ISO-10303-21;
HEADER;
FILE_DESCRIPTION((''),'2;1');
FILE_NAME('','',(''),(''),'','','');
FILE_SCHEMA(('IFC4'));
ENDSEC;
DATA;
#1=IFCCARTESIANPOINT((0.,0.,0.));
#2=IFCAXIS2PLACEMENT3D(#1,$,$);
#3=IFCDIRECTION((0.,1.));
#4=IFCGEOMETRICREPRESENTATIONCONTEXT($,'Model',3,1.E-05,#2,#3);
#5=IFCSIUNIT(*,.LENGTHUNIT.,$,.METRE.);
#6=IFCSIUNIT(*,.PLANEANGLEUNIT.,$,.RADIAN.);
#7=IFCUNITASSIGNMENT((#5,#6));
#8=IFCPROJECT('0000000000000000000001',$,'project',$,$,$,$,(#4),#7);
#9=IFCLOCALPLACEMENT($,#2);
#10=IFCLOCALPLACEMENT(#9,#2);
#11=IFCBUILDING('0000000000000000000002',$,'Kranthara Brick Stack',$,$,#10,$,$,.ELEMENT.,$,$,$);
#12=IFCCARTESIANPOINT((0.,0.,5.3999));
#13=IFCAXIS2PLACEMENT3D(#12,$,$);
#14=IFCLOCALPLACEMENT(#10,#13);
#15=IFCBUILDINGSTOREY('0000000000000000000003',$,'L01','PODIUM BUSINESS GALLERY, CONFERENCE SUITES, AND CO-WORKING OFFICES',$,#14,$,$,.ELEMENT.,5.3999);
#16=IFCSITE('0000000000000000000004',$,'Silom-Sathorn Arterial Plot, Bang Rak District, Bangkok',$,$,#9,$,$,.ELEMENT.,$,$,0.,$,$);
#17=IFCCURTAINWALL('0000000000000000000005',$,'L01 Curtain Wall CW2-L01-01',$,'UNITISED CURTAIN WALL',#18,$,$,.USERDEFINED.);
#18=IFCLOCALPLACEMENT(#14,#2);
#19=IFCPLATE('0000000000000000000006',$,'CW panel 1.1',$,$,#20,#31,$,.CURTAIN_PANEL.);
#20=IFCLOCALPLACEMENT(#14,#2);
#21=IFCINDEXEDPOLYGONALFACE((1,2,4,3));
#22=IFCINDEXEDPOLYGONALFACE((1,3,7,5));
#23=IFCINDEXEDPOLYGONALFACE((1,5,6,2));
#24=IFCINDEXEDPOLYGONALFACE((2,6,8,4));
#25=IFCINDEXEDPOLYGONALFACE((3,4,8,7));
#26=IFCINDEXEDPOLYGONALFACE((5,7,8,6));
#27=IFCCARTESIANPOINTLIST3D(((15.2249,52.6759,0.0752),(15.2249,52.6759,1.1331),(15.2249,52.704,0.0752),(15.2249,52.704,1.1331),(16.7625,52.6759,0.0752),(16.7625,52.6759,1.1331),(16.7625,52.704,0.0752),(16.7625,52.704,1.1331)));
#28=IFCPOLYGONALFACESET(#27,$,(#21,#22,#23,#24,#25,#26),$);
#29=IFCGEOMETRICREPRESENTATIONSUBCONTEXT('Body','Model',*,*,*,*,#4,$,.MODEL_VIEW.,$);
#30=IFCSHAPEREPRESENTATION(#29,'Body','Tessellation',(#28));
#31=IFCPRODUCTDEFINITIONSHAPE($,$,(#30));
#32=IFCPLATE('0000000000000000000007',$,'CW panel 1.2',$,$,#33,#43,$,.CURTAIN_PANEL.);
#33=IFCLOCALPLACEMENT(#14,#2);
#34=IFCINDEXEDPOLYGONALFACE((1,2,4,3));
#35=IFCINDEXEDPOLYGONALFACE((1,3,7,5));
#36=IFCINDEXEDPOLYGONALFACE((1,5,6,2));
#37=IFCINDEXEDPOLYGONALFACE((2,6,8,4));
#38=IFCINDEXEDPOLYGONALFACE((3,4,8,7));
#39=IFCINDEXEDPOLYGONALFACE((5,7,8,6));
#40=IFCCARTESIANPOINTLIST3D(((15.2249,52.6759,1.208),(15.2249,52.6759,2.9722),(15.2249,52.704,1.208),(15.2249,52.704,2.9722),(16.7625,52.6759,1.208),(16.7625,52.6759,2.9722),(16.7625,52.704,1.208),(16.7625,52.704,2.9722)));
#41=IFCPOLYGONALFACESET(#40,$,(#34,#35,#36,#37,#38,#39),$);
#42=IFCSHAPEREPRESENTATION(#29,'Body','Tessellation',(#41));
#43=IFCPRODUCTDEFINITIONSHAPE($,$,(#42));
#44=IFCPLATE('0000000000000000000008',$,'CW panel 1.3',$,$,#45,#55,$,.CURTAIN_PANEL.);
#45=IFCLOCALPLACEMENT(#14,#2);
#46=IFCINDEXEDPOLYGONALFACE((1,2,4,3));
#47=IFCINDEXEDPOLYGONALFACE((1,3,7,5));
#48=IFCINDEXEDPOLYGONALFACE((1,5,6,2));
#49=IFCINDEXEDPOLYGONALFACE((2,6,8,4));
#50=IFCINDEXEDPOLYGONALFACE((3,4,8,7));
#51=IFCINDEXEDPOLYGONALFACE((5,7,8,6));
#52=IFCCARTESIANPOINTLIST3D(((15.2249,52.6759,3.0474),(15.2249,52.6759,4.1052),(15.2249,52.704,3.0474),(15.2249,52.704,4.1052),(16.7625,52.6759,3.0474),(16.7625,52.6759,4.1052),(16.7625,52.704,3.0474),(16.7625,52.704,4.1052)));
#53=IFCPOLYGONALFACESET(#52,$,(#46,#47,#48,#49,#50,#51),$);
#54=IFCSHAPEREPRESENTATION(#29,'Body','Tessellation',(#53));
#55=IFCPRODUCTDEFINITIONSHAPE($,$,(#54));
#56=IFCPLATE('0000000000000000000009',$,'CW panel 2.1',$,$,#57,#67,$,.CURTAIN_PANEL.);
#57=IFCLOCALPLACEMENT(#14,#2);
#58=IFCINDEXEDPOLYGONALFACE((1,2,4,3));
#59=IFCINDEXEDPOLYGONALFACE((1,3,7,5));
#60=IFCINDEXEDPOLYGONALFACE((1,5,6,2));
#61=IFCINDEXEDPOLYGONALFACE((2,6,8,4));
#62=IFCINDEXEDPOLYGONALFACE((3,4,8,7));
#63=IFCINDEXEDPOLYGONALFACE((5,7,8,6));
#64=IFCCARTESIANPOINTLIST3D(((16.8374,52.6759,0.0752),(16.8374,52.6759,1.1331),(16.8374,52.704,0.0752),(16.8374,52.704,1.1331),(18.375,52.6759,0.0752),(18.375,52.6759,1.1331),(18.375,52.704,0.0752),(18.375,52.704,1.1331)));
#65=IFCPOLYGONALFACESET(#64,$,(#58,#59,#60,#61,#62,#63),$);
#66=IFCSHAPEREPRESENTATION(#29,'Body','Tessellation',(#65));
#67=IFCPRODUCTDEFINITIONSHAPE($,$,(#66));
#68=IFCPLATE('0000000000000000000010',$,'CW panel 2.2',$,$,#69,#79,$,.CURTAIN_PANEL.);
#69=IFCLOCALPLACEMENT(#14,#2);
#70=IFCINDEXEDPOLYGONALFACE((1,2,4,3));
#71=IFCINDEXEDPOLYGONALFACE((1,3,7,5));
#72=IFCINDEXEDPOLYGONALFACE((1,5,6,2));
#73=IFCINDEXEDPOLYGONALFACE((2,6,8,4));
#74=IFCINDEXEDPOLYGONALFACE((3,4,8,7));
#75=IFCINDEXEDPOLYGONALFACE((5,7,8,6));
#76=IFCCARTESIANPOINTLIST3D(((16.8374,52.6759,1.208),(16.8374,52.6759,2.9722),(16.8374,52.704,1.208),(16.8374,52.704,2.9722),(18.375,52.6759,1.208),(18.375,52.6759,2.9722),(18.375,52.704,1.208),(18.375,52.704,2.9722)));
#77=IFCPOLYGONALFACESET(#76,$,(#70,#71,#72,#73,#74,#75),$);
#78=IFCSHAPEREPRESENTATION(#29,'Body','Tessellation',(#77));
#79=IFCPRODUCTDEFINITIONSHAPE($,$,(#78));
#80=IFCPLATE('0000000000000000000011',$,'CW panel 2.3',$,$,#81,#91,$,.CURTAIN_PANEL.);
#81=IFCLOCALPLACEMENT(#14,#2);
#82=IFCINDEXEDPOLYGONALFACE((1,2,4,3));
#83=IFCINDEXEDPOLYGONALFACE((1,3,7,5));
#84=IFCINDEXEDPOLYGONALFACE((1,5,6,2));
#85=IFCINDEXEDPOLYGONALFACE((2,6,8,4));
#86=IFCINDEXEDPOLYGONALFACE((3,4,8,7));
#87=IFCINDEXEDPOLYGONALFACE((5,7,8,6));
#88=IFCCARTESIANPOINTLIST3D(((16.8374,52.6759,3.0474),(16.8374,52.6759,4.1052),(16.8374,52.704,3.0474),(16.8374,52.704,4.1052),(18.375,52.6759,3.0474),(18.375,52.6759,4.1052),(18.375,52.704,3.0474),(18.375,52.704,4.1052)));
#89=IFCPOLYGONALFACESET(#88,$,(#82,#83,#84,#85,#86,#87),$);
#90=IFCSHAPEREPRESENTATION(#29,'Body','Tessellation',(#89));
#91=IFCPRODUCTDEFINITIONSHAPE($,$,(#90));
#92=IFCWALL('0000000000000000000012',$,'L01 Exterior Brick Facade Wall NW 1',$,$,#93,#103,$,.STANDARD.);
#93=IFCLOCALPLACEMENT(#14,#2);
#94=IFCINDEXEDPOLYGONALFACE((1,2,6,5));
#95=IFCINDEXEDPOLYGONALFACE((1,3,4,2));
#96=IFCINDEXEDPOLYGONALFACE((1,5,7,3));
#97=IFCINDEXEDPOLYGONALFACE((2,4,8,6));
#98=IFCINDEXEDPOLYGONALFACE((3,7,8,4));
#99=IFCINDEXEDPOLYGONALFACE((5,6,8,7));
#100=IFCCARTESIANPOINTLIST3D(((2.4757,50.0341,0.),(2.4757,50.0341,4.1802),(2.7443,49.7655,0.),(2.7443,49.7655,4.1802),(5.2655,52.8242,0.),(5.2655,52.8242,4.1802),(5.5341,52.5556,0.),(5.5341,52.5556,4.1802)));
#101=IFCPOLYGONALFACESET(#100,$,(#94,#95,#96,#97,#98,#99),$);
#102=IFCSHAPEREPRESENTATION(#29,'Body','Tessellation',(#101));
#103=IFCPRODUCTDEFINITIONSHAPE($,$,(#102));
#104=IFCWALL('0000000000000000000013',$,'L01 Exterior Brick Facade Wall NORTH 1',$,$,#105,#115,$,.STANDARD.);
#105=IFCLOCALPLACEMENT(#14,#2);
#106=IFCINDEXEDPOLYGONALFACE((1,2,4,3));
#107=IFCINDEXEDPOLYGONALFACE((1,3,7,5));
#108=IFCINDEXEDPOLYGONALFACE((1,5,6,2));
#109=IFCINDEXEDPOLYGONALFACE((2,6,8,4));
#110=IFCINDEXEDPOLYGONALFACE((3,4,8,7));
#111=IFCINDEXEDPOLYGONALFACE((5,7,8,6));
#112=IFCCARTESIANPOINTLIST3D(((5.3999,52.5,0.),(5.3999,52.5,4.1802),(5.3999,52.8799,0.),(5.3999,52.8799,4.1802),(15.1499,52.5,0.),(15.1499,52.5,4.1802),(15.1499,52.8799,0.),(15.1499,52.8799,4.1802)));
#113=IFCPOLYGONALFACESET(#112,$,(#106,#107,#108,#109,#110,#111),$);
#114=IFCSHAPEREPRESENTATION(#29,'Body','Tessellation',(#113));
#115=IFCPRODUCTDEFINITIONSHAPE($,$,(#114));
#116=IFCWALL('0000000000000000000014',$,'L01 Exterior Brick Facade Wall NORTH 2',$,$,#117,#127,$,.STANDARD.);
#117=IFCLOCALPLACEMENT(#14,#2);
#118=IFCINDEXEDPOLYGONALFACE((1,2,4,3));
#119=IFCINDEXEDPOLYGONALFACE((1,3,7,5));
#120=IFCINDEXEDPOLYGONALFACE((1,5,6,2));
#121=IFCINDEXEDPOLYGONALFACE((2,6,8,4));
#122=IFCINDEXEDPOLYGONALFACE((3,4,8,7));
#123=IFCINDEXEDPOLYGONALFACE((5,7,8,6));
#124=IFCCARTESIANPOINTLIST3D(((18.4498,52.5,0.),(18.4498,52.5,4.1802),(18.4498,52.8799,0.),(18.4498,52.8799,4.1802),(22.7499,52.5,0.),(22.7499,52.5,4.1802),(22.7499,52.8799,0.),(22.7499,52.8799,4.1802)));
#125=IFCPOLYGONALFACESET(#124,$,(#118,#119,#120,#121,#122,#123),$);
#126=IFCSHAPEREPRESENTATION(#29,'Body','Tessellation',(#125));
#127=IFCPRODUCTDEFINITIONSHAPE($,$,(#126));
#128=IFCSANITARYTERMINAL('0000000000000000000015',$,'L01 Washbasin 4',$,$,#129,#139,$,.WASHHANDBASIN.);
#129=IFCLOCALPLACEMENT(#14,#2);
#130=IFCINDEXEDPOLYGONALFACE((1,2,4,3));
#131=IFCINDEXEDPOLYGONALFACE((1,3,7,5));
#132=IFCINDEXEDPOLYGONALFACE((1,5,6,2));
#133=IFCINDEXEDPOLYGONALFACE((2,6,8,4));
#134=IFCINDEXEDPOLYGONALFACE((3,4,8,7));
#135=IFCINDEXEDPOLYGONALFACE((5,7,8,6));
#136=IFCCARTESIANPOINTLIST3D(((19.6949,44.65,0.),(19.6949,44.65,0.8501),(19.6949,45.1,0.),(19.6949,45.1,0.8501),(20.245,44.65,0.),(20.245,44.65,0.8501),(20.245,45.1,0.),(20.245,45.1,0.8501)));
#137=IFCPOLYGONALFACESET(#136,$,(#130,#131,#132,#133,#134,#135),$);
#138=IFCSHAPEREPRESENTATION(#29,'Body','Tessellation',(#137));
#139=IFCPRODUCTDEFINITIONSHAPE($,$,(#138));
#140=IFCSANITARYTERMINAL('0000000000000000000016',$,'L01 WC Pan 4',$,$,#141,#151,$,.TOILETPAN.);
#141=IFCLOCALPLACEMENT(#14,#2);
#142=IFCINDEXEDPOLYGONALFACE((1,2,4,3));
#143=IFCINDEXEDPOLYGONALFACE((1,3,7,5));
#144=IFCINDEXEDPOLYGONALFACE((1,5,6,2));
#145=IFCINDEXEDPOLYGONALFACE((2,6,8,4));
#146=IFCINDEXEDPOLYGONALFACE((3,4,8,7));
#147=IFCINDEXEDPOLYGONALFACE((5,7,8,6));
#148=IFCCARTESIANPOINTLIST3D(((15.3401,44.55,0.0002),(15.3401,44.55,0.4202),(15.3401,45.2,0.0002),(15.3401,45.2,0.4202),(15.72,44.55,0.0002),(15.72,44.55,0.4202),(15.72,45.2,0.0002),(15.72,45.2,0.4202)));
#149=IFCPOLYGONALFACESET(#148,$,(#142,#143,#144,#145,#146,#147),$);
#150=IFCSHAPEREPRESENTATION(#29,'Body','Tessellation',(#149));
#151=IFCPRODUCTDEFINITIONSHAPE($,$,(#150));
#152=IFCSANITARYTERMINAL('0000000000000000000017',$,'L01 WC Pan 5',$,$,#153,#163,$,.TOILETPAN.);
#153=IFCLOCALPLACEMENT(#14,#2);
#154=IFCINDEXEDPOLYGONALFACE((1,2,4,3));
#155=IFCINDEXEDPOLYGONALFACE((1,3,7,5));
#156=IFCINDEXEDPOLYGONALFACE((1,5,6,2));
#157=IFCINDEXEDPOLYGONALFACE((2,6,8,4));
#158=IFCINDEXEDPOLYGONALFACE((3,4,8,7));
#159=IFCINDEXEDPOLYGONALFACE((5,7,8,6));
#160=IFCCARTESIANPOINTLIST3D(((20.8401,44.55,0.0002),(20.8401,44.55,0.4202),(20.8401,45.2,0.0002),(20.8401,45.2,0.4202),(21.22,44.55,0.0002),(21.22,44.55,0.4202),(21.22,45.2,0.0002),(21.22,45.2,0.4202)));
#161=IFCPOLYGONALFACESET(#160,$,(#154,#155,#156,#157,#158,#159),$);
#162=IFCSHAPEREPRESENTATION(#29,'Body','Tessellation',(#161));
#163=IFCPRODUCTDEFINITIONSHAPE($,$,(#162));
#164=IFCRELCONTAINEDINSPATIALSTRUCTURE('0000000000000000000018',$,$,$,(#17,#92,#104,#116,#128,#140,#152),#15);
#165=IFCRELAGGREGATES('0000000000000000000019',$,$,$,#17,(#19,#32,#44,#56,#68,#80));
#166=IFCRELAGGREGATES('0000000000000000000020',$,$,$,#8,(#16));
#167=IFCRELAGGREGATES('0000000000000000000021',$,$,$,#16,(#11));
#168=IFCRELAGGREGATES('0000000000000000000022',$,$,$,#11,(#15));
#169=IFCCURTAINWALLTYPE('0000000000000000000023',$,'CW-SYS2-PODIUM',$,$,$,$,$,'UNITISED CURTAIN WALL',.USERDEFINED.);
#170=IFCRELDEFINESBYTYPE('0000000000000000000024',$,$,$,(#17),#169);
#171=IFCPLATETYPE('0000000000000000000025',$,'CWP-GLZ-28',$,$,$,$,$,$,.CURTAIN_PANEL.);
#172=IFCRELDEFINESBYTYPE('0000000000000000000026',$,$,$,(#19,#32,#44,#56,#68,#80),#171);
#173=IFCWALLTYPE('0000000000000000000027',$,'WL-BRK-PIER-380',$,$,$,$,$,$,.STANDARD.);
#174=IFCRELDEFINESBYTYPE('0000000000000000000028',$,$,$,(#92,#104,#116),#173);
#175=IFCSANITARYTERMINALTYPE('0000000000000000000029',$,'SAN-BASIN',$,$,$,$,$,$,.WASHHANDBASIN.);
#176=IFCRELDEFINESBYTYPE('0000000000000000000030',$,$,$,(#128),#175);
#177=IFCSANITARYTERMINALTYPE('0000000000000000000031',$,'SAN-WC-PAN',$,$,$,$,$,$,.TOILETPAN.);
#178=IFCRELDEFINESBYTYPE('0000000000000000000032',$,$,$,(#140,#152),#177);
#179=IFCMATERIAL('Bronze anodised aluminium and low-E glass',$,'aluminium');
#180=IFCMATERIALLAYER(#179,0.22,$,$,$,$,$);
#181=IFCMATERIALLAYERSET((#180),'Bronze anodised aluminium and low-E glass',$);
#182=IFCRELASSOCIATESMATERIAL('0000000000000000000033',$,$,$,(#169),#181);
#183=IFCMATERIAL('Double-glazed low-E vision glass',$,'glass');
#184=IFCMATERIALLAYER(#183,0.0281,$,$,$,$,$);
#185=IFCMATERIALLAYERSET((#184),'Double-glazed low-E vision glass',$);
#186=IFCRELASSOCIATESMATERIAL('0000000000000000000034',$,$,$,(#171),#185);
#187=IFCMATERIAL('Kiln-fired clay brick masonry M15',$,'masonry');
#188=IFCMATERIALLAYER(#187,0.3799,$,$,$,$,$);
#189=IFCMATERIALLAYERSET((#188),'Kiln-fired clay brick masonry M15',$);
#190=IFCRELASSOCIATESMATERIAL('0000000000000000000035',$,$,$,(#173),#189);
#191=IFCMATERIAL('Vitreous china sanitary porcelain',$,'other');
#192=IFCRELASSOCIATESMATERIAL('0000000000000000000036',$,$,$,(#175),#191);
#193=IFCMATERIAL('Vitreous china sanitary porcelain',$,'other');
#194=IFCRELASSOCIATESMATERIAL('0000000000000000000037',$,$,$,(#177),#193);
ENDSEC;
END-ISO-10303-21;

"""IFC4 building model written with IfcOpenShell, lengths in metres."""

from ifc_helpers import new_model, si_unit, direction, frame, frame_2d, origin, origin_2d, place, context, subcontext, project, spatial, rectangle, extrude, material, layer, layer_set, type_object, element, aggregate, save


model = new_model("IFC4")

# Units and contexts
model_context = context("Model", 3, precision=1e-05, world=origin(), true_north=direction((0.0, 1.0)))
body_context = subcontext(model_context, "Body", "Model", "MODEL_VIEW")
ifc_project = project(units=[si_unit("LENGTHUNIT", "METRE"), si_unit("PLANEANGLEUNIT", "RADIAN")], contexts=[model_context])

# Site, building, storey
site_placement = place(None, origin())
site = spatial("IfcSite", under=ifc_project, at=site_placement, Name="Silom-Sathorn Arterial Plot, Bang Rak District, Bangkok", CompositionType="ELEMENT", RefElevation=0.0)
building_placement = place(site_placement, origin())
building = spatial("IfcBuilding", under=site, at=building_placement, Name="Kranthara Brick Stack", CompositionType="ELEMENT")
storey_placement = place(building_placement, frame((0.0, 0.0, 5.3999)))
storey = spatial("IfcBuildingStorey", under=building, at=storey_placement, Name="L01", Description="PODIUM BUSINESS GALLERY, CONFERENCE SUITES, AND CO-WORKING OFFICES", CompositionType="ELEMENT", Elevation=5.3999)

# Curtain wall
ifc_material_1 = material(Name="Bronze anodised aluminium and low-E glass", Category="aluminium")
ifc_layer_1 = layer(ifc_material_1, 0.22)
ifc_layer_set_1 = layer_set([ifc_layer_1], Name="Bronze anodised aluminium and low-E glass")
curtain_wall_type = type_object("IfcCurtainWallType", Name="CW-SYS2-PODIUM", ElementType="UNITISED CURTAIN WALL", PredefinedType="USERDEFINED", material=ifc_layer_set_1)
curtain_wall_1_placement = place(storey_placement, origin())
curtain_wall_1 = element("IfcCurtainWall", 1, at=curtain_wall_1_placement, inside=storey, type_object=curtain_wall_type, Name="L01 Curtain Wall CW2-L01-01", ObjectType="UNITISED CURTAIN WALL", PredefinedType="USERDEFINED")

# Plates
ifc_material_2 = material(Name="Double-glazed low-E vision glass", Category="glass")
ifc_layer_2 = layer(ifc_material_2, 0.0281)
ifc_layer_set_2 = layer_set([ifc_layer_2], Name="Double-glazed low-E vision glass")
plate_type = type_object("IfcPlateType", Name="CWP-GLZ-28", PredefinedType="CURTAIN_PANEL", material=ifc_layer_set_2)
plate_1_placement = place(storey_placement, frame((15.9937, 52.6899, 0.0752), z_axis=(0.0, 0.0, 1.0), x_axis=(1.0, 0.0, 0.0)))
plate_1 = element("IfcPlate", 2, at=plate_1_placement, type_object=plate_type, Name="CW panel 1.1", PredefinedType="CURTAIN_PANEL", context=body_context, shape_type="SweptSolid", body=[
    extrude(rectangle(XDim=1.5376, YDim=0.0281, at=origin_2d()), origin(), (0.0, 0.0, 1.0), 1.0579),
])
plate_2_placement = place(storey_placement, frame((15.9937, 52.6899, 1.208), z_axis=(0.0, 0.0, 1.0), x_axis=(1.0, 0.0, 0.0)))
plate_2 = element("IfcPlate", 3, at=plate_2_placement, type_object=plate_type, Name="CW panel 1.2", PredefinedType="CURTAIN_PANEL", context=body_context, shape_type="SweptSolid", body=[
    extrude(rectangle(XDim=1.5376, YDim=0.0281, at=origin_2d()), origin(), (0.0, 0.0, 1.0), 1.7642),
])
plate_3_placement = place(storey_placement, frame((15.9937, 52.6899, 3.0474), z_axis=(0.0, 0.0, 1.0), x_axis=(1.0, 0.0, 0.0)))
plate_3 = element("IfcPlate", 4, at=plate_3_placement, type_object=plate_type, Name="CW panel 1.3", PredefinedType="CURTAIN_PANEL", context=body_context, shape_type="SweptSolid", body=[
    extrude(rectangle(XDim=1.5376, YDim=0.0281, at=origin_2d()), origin(), (0.0, 0.0, 1.0), 1.0579),
])
plate_4_placement = place(storey_placement, frame((17.6062, 52.6899, 0.0752), z_axis=(0.0, 0.0, 1.0), x_axis=(1.0, 0.0, 0.0)))
plate_4 = element("IfcPlate", 5, at=plate_4_placement, type_object=plate_type, Name="CW panel 2.1", PredefinedType="CURTAIN_PANEL", context=body_context, shape_type="SweptSolid", body=[
    extrude(rectangle(XDim=1.5376, YDim=0.0281, at=origin_2d()), origin(), (0.0, 0.0, 1.0), 1.0579),
])
plate_5_placement = place(storey_placement, frame((17.6062, 52.6899, 1.208), z_axis=(0.0, 0.0, 1.0), x_axis=(1.0, 0.0, 0.0)))
plate_5 = element("IfcPlate", 6, at=plate_5_placement, type_object=plate_type, Name="CW panel 2.2", PredefinedType="CURTAIN_PANEL", context=body_context, shape_type="SweptSolid", body=[
    extrude(rectangle(XDim=1.5376, YDim=0.0281, at=origin_2d()), origin(), (0.0, 0.0, 1.0), 1.7642),
])
plate_6_placement = place(storey_placement, frame((17.6062, 52.6899, 3.0474), z_axis=(0.0, 0.0, 1.0), x_axis=(1.0, 0.0, 0.0)))
plate_6 = element("IfcPlate", 7, at=plate_6_placement, type_object=plate_type, Name="CW panel 2.3", PredefinedType="CURTAIN_PANEL", context=body_context, shape_type="SweptSolid", body=[
    extrude(rectangle(XDim=1.5376, YDim=0.0281, at=origin_2d()), origin(), (0.0, 0.0, 1.0), 1.0579),
])
aggregate(curtain_wall_1, [plate_1, plate_2, plate_3, plate_4, plate_5, plate_6])

# Walls
ifc_material_3 = material(Name="Kiln-fired clay brick masonry M15", Category="masonry")
ifc_layer_3 = layer(ifc_material_3, 0.3799)
ifc_layer_set_3 = layer_set([ifc_layer_3], Name="Kiln-fired clay brick masonry M15")
wall_type = type_object("IfcWallType", Name="WL-BRK-PIER-380", PredefinedType="STANDARD", material=ifc_layer_set_3)
wall_1_placement = place(storey_placement, frame((2.6101, 49.8999, 0.0), z_axis=(0.0, 0.0, 1.0), x_axis=(0.707076, 0.707138, 0.0)))
element("IfcWall", 8, at=wall_1_placement, inside=storey, type_object=wall_type, Name="L01 Exterior Brick Facade Wall NW 1", PredefinedType="STANDARD", context=body_context, shape_type="SweptSolid", body=[
    extrude(rectangle(XDim=3.9456, YDim=0.3799, at=frame_2d((1.9727, 0.0))), origin(), (0.0, 0.0, 1.0), 4.1802),
])
wall_2_placement = place(storey_placement, frame((5.3999, 52.6899, 0.0), z_axis=(0.0, 0.0, 1.0), x_axis=(1.0, 0.0, 0.0)))
element("IfcWall", 9, at=wall_2_placement, inside=storey, type_object=wall_type, Name="L01 Exterior Brick Facade Wall NORTH 1", PredefinedType="STANDARD", context=body_context, shape_type="SweptSolid", body=[
    extrude(rectangle(XDim=9.75, YDim=0.3799, at=frame_2d((4.875, 0.0))), origin(), (0.0, 0.0, 1.0), 4.1802),
])
wall_3_placement = place(storey_placement, frame((18.45, 52.6899, 0.0), z_axis=(0.0, 0.0, 1.0), x_axis=(1.0, 0.0, 0.0)))
element("IfcWall", 10, at=wall_3_placement, inside=storey, type_object=wall_type, Name="L01 Exterior Brick Facade Wall NORTH 2", PredefinedType="STANDARD", context=body_context, shape_type="SweptSolid", body=[
    extrude(rectangle(XDim=4.3, YDim=0.3799, at=frame_2d((2.1499, 0.0))), origin(), (0.0, 0.0, 1.0), 4.1802),
])

# Sanitary terminals
ifc_material_4 = material(Name="Vitreous china sanitary porcelain", Category="other")
sanitary_terminal_type_1 = type_object("IfcSanitaryTerminalType", Name="SAN-BASIN", PredefinedType="WASHHANDBASIN", material=ifc_material_4)
sanitary_terminal_placement = place(storey_placement, frame((19.97, 44.875, 0.0), z_axis=(0.0, 0.0, 1.0), x_axis=(1.0, 0.0, 0.0)))
element("IfcSanitaryTerminal", 11, at=sanitary_terminal_placement, inside=storey, type_object=sanitary_terminal_type_1, Name="L01 Washbasin 4", PredefinedType="WASHHANDBASIN", context=body_context, shape_type="SweptSolid", body=[
    extrude(rectangle(XDim=0.55, YDim=0.45, at=origin_2d()), origin(), (0.0, 0.0, 1.0), 0.8501),
])
ifc_material_5 = material(Name="Vitreous china sanitary porcelain", Category="other")
sanitary_terminal_type_2 = type_object("IfcSanitaryTerminalType", Name="SAN-WC-PAN", PredefinedType="TOILETPAN", material=ifc_material_5)
for number, where, z_axis, x_axis, name in (
    (12, (15.53, 44.875, 0.0002), (0.0, 0.0, 1.0), (1.0, 0.0, 0.0), "L01 WC Pan 4"),
    (13, (21.03, 44.875, 0.0002), (0.0, 0.0, 1.0), (1.0, 0.0, 0.0), "L01 WC Pan 5"),
):
    element("IfcSanitaryTerminal", number, at=place(storey_placement, frame(where, z_axis=z_axis, x_axis=x_axis)), inside=storey, type_object=sanitary_terminal_type_2, Name=name, PredefinedType="TOILETPAN", context=body_context, shape_type="SweptSolid", body=[
        extrude(rectangle(XDim=0.3799, YDim=0.6499, at=origin_2d()), origin(), (0.0, 0.0, 1.0), 0.4199),
    ])

save(model, "model.ifc")
